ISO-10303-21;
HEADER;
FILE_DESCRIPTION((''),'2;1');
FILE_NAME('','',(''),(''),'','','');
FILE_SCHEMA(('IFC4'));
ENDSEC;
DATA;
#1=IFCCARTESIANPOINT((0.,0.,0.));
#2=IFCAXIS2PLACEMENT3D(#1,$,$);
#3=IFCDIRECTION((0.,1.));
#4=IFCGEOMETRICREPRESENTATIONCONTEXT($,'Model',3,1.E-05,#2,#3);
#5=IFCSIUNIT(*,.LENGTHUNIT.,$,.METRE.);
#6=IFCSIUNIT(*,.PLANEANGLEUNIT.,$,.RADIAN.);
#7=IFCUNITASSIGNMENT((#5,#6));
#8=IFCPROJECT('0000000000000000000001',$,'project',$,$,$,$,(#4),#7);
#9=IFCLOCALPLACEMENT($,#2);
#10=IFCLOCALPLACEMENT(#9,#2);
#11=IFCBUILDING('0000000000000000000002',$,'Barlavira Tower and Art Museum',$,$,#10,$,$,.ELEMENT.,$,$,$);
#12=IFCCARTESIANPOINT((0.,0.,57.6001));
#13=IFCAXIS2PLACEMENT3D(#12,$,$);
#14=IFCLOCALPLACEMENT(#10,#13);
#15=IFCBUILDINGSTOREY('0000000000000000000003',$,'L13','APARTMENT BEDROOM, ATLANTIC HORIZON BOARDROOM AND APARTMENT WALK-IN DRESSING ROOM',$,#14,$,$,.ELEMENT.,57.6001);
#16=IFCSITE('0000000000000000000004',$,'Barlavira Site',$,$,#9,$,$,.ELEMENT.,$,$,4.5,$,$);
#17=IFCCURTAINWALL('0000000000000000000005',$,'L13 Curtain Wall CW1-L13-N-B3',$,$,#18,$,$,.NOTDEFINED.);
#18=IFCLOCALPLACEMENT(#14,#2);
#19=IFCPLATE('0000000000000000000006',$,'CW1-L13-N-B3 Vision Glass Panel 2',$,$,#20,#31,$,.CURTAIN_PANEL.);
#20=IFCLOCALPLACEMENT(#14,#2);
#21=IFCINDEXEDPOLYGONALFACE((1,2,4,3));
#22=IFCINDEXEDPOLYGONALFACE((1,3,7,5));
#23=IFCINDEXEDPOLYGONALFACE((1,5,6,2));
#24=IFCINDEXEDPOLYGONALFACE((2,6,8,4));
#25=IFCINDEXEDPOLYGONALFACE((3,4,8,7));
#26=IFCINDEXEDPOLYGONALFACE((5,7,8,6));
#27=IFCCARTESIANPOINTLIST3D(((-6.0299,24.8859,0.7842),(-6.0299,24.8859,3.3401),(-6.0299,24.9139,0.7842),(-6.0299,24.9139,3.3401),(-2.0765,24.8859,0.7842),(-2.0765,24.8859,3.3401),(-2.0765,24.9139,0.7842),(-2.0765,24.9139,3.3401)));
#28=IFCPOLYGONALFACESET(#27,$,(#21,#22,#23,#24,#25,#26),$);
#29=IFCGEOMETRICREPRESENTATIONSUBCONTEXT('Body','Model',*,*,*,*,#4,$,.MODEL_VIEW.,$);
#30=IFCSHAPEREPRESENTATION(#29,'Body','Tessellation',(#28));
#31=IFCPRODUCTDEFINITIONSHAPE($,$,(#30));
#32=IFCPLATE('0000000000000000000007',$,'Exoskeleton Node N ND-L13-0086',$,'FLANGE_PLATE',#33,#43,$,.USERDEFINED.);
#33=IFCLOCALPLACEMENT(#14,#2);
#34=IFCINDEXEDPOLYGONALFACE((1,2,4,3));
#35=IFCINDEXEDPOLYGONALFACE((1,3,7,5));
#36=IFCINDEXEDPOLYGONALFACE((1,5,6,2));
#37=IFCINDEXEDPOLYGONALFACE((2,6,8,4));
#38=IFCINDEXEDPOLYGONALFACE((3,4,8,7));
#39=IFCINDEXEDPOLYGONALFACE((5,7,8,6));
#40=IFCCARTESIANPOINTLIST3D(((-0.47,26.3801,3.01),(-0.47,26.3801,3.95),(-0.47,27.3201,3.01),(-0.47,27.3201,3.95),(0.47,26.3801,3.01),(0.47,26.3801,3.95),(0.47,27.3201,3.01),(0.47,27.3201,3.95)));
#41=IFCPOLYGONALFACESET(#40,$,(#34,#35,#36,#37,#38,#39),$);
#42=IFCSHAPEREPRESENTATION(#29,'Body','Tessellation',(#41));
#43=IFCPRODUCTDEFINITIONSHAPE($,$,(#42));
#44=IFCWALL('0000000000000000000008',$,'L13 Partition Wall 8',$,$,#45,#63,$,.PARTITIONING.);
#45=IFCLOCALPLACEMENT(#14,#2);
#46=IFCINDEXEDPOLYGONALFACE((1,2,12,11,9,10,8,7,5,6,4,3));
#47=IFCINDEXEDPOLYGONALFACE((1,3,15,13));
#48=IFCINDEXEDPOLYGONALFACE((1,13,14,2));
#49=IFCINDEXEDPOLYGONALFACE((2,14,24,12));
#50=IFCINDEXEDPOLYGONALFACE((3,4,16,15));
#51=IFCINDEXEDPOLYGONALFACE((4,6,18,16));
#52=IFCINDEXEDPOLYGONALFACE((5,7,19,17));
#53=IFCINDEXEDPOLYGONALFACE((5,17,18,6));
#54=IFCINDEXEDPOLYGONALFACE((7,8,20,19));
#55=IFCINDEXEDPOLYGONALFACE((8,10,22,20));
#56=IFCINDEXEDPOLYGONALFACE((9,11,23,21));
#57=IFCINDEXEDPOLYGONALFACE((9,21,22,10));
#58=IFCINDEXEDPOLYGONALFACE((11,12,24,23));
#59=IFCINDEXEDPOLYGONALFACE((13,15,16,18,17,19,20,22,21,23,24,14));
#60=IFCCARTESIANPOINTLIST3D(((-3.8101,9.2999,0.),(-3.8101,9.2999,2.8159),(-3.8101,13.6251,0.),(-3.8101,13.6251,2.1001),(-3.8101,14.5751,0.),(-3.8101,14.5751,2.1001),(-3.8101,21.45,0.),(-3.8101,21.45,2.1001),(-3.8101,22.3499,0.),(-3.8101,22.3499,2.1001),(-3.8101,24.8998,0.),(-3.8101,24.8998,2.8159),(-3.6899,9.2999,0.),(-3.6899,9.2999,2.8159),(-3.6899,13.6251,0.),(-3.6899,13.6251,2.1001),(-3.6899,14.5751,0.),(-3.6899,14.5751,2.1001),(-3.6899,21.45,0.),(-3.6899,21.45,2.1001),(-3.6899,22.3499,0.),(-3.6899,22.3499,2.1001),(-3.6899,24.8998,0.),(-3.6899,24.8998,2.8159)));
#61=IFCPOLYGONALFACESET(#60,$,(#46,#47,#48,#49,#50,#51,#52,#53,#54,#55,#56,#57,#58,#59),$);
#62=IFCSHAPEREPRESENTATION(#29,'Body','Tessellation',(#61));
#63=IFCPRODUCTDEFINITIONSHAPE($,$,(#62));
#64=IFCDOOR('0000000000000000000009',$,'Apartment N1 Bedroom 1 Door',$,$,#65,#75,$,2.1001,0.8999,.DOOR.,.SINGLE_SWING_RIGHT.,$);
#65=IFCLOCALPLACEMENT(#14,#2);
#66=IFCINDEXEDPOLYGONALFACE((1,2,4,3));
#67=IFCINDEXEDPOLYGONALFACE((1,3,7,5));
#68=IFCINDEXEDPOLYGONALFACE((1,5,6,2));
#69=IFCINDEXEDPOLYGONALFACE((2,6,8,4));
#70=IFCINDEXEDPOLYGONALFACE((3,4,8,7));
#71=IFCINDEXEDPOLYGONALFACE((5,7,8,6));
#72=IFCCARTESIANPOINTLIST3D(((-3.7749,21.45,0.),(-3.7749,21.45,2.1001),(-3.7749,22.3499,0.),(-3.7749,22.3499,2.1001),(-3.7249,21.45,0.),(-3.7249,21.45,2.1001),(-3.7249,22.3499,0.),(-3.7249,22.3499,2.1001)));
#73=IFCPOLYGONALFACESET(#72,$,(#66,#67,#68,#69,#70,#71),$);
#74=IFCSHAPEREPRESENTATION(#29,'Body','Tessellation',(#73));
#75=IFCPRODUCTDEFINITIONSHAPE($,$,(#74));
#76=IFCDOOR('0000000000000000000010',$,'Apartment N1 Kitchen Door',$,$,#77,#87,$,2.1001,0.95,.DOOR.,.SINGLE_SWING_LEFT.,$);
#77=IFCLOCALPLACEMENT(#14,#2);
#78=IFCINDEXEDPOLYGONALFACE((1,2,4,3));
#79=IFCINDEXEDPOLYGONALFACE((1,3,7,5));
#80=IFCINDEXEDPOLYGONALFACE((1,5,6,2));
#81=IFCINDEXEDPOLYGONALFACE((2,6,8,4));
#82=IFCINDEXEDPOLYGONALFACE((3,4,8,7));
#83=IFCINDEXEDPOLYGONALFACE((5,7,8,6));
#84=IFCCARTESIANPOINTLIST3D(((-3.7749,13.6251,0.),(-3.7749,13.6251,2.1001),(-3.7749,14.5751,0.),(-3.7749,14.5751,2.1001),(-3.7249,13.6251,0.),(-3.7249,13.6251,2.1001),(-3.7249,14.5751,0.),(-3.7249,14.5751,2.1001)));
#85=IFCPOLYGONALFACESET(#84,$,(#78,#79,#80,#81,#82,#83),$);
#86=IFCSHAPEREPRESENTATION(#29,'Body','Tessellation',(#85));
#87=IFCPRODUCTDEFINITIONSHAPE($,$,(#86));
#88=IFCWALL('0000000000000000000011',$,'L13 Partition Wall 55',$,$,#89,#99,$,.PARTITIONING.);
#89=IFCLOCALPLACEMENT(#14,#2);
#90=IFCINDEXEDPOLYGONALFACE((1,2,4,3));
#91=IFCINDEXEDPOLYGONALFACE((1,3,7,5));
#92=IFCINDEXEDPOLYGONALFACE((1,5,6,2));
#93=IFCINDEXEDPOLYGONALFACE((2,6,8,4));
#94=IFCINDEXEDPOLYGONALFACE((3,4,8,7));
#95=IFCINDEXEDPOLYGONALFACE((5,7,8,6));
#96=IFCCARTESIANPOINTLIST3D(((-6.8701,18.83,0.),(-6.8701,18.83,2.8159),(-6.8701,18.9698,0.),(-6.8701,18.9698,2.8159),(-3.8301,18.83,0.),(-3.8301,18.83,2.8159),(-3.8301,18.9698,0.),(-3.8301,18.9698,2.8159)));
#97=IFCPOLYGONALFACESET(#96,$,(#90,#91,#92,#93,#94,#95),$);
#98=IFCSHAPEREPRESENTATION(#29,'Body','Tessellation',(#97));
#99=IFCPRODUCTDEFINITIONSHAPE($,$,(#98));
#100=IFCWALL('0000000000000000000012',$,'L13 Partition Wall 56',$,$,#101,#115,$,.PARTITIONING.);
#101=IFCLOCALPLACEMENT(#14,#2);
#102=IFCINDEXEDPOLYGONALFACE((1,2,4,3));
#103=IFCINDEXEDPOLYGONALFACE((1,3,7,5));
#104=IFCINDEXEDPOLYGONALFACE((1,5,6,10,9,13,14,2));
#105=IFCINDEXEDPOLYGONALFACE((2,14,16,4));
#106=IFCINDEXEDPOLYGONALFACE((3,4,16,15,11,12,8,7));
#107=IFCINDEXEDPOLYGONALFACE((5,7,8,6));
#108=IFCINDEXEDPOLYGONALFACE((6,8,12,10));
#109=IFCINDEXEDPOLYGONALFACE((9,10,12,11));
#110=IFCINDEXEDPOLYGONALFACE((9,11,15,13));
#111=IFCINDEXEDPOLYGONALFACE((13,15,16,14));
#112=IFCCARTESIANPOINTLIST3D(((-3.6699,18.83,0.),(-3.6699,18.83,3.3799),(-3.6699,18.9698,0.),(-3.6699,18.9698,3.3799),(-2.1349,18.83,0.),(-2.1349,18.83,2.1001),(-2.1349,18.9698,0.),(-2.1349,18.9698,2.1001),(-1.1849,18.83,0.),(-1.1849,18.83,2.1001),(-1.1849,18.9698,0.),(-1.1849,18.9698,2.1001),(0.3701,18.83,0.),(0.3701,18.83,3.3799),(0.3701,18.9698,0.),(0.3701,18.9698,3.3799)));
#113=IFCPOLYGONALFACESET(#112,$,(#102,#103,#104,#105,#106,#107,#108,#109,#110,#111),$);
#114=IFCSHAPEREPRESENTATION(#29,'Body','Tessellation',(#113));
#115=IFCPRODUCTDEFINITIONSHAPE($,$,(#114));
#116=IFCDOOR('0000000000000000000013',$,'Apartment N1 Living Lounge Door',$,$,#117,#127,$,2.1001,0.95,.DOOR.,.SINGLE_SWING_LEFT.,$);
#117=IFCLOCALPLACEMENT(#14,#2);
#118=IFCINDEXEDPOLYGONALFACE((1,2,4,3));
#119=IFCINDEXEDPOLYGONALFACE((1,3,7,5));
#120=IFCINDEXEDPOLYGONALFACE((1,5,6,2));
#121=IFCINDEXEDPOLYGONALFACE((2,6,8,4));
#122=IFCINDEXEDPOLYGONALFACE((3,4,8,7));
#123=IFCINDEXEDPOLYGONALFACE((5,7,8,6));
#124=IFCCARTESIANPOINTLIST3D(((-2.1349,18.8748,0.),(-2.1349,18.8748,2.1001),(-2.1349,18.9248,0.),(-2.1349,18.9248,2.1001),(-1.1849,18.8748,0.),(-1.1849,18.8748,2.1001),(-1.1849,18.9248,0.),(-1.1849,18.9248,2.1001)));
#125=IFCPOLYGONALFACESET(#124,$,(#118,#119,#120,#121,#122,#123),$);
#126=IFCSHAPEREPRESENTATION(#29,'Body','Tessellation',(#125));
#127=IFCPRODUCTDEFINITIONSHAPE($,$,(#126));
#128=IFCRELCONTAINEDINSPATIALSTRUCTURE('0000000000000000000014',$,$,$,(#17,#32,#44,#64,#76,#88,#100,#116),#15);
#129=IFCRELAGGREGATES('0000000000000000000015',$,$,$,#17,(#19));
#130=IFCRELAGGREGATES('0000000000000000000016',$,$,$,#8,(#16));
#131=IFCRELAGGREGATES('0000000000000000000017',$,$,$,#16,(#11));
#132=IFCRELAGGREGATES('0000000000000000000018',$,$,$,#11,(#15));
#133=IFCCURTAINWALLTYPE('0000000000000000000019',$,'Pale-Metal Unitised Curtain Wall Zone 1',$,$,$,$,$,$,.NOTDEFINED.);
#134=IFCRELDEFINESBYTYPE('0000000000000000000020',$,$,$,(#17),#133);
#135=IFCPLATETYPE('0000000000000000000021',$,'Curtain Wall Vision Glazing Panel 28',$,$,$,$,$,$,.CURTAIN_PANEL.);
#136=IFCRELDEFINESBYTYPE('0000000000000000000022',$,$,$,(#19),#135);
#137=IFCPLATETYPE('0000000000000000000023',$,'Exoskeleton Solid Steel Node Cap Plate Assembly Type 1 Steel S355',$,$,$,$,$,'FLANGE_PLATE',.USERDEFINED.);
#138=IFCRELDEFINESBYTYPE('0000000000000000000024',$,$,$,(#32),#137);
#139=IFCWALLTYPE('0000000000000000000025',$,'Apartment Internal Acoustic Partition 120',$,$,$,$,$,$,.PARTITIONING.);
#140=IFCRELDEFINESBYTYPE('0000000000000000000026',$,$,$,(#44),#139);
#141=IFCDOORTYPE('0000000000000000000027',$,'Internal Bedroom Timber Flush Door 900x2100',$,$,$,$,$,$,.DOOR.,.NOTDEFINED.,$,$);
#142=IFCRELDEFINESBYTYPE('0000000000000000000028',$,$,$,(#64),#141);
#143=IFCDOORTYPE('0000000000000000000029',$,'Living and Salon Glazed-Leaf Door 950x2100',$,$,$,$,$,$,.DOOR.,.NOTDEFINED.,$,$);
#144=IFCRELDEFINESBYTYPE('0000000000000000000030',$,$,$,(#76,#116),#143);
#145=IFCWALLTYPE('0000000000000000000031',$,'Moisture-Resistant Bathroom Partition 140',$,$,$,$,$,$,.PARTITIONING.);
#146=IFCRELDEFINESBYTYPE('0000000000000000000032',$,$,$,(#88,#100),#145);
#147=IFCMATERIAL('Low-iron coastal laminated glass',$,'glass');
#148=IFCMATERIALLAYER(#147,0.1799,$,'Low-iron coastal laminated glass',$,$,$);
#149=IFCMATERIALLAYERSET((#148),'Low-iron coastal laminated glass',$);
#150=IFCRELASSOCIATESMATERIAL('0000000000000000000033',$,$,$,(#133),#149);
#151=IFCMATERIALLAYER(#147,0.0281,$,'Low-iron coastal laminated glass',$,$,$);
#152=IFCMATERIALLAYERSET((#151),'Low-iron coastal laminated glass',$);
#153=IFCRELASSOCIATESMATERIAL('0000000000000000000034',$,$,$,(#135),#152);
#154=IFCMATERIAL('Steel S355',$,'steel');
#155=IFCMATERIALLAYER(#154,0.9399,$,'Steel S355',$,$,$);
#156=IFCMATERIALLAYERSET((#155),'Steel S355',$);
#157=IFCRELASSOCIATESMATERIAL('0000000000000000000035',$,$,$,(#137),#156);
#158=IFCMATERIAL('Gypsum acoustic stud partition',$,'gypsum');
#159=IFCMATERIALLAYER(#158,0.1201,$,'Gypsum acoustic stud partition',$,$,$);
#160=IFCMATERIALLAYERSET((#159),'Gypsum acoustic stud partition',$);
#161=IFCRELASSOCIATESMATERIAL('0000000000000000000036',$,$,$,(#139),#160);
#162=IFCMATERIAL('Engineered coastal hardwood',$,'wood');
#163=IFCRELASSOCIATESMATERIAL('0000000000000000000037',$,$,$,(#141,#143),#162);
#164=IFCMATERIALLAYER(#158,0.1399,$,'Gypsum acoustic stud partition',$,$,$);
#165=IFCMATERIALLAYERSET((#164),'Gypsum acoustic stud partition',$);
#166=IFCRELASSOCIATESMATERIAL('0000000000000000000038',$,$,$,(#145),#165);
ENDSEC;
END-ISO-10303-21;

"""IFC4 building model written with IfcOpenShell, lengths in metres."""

from ifc_helpers import new_model, si_unit, direction, frame, frame_2d, origin, origin_2d, place, context, subcontext, project, spatial, rectangle, extrude, material, layer, layer_set, type_object, element, fill, aggregate, save


model = new_model("IFC4")

# Units and contexts
model_context = context("Model", 3, precision=1e-05, world=origin(), true_north=direction((0.0, 1.0)))
body_context = subcontext(model_context, "Body", "Model", "MODEL_VIEW")
ifc_project = project(units=[si_unit("LENGTHUNIT", "METRE"), si_unit("PLANEANGLEUNIT", "RADIAN")], contexts=[model_context])

# Site, building, storey
site_placement = place(None, origin())
site = spatial("IfcSite", under=ifc_project, at=site_placement, Name="Barlavira Site", CompositionType="ELEMENT", RefElevation=4.5)
building_placement = place(site_placement, origin())
building = spatial("IfcBuilding", under=site, at=building_placement, Name="Barlavira Tower and Art Museum", CompositionType="ELEMENT")
storey_placement = place(building_placement, frame((0.0, 0.0, 57.6001)))
storey = spatial("IfcBuildingStorey", under=building, at=storey_placement, Name="L13", Description="APARTMENT BEDROOM, ATLANTIC HORIZON BOARDROOM AND APARTMENT WALK-IN DRESSING ROOM", CompositionType="ELEMENT", Elevation=57.6001)

# Curtain wall
ifc_material_1 = material(Name="Low-iron coastal laminated glass", Category="glass")
ifc_layer_1 = layer(ifc_material_1, 0.1799, Name="Low-iron coastal laminated glass")
ifc_layer_set_1 = layer_set([ifc_layer_1], Name="Low-iron coastal laminated glass")
curtain_wall_type = type_object("IfcCurtainWallType", Name="Pale-Metal Unitised Curtain Wall Zone 1", PredefinedType="NOTDEFINED", material=ifc_layer_set_1)
curtain_wall_placement = place(storey_placement, origin())
curtain_wall = element("IfcCurtainWall", 1, at=curtain_wall_placement, inside=storey, type_object=curtain_wall_type, Name="L13 Curtain Wall CW1-L13-N-B3", PredefinedType="NOTDEFINED")

# Shared definitions
ifc_material_2 = material(Name="Steel S355", Category="steel")

# Plates
ifc_layer_2 = layer(ifc_material_1, 0.0281, Name="Low-iron coastal laminated glass")
ifc_layer_set_2 = layer_set([ifc_layer_2], Name="Low-iron coastal laminated glass")
plate_type_1 = type_object("IfcPlateType", Name="Curtain Wall Vision Glazing Panel 28", PredefinedType="CURTAIN_PANEL", material=ifc_layer_set_2)
plate_1_placement = place(storey_placement, frame((-4.0532, 24.8999, 0.7842), z_axis=(0.0, 0.0, 1.0), x_axis=(-1.0, 0.0, 0.0)))
plate_1 = element("IfcPlate", 2, at=plate_1_placement, type_object=plate_type_1, Name="CW1-L13-N-B3 Vision Glass Panel 2", PredefinedType="CURTAIN_PANEL", context=body_context, shape_type="SweptSolid", body=[
    extrude(rectangle(XDim=3.9534, YDim=0.0281, at=origin_2d()), origin(), (0.0, 0.0, 1.0), 2.5559),
])
aggregate(curtain_wall, [plate_1])
ifc_layer_3 = layer(ifc_material_2, 0.9399, Name="Steel S355")
ifc_layer_set_3 = layer_set([ifc_layer_3], Name="Steel S355")
plate_type_2 = type_object("IfcPlateType", Name="Exoskeleton Solid Steel Node Cap Plate Assembly Type 1 Steel S355", ElementType="FLANGE_PLATE", PredefinedType="USERDEFINED", material=ifc_layer_set_3)
plate_2_placement = place(storey_placement, frame((0.0, 26.8501, 3.01), z_axis=(0.0, 0.0, 1.0), x_axis=(1.0, 0.0, 0.0)))
element("IfcPlate", 3, at=plate_2_placement, inside=storey, type_object=plate_type_2, Name="Exoskeleton Node N ND-L13-0086", ObjectType="FLANGE_PLATE", PredefinedType="USERDEFINED", context=body_context, shape_type="SweptSolid", body=[
    extrude(rectangle(XDim=0.9399, YDim=0.9399, at=origin_2d()), origin(), (0.0, 0.0, 1.0), 0.9399),
])

# Wall, openings, doors
ifc_material_3 = material(Name="Gypsum acoustic stud partition", Category="gypsum")
ifc_layer_4 = layer(ifc_material_3, 0.1201, Name="Gypsum acoustic stud partition")
ifc_layer_set_4 = layer_set([ifc_layer_4], Name="Gypsum acoustic stud partition")
wall_type_1 = type_object("IfcWallType", Name="Apartment Internal Acoustic Partition 120", PredefinedType="PARTITIONING", material=ifc_layer_set_4)
wall_1_placement = place(storey_placement, frame((-3.75, 9.3, 0.0), z_axis=(0.0, 0.0, 1.0), x_axis=(0.0, 1.0, 0.0)))
wall_1 = element("IfcWall", 4, at=wall_1_placement, inside=storey, type_object=wall_type_1, Name="L13 Partition Wall 8", PredefinedType="PARTITIONING", context=body_context, shape_type="SweptSolid", body=[
    extrude(rectangle(XDim=15.5999, YDim=0.1201, at=frame_2d((7.7998, 0.0))), origin(), (0.0, 0.0, 1.0), 2.8159),
])
opening_1_placement = place(wall_1_placement, frame((4.325, 0.0, 0.0)))
opening_1 = element("IfcOpeningElement", 5, at=opening_1_placement, cuts=wall_1, PredefinedType="OPENING", context=body_context, shape_type="SweptSolid", body=[
    extrude(rectangle(XDim=0.95, YDim=2.1001, at=frame_2d((0.4751, 1.05))), frame((0.0, 0.0701, 0.0), z_axis=(0.0, -1.0, 0.0), x_axis=(1.0, 0.0, 0.0)), (0.0, 0.0, 1.0), 0.1401),
])
opening_2_placement = place(wall_1_placement, frame((12.1499, 0.0, 0.0)))
opening_2 = element("IfcOpeningElement", 6, at=opening_2_placement, cuts=wall_1, PredefinedType="OPENING", context=body_context, shape_type="SweptSolid", body=[
    extrude(rectangle(XDim=0.8999, YDim=2.1001, at=frame_2d((0.45, 1.05))), frame((0.0, 0.0701, 0.0), z_axis=(0.0, -1.0, 0.0), x_axis=(1.0, 0.0, 0.0)), (0.0, 0.0, 1.0), 0.1401),
])
ifc_material_4 = material(Name="Engineered coastal hardwood", Category="wood")
door_type_1 = type_object("IfcDoorType", Name="Internal Bedroom Timber Flush Door 900x2100", OperationType="NOTDEFINED", PredefinedType="DOOR", material=ifc_material_4)
door_1_placement = place(opening_2_placement, origin())
door_1 = element("IfcDoor", 7, at=door_1_placement, inside=storey, type_object=door_type_1, Name="Apartment N1 Bedroom 1 Door", OperationType="SINGLE_SWING_RIGHT", OverallHeight=2.1001, OverallWidth=0.8999, PredefinedType="DOOR", context=body_context, shape_type="SweptSolid", body=[
    extrude(rectangle(XDim=0.8999, YDim=2.1001, at=frame_2d((0.45, 1.05))), frame((0.0, 0.0249, 0.0), z_axis=(0.0, -1.0, 0.0), x_axis=(1.0, 0.0, 0.0)), (0.0, 0.0, 1.0), 0.05),
])
fill(opening_2, door_1)
door_type_2 = type_object("IfcDoorType", Name="Living and Salon Glazed-Leaf Door 950x2100", OperationType="NOTDEFINED", PredefinedType="DOOR", material=ifc_material_4)
door_2_placement = place(opening_1_placement, origin())
door_2 = element("IfcDoor", 8, at=door_2_placement, inside=storey, type_object=door_type_2, Name="Apartment N1 Kitchen Door", OperationType="SINGLE_SWING_LEFT", OverallHeight=2.1001, OverallWidth=0.95, PredefinedType="DOOR", context=body_context, shape_type="SweptSolid", body=[
    extrude(rectangle(XDim=0.95, YDim=2.1001, at=frame_2d((0.4751, 1.05))), frame((0.0, 0.0249, 0.0), z_axis=(0.0, -1.0, 0.0), x_axis=(1.0, 0.0, 0.0)), (0.0, 0.0, 1.0), 0.05),
])
fill(opening_1, door_2)

# Wall
ifc_layer_5 = layer(ifc_material_3, 0.1399, Name="Gypsum acoustic stud partition")
ifc_layer_set_5 = layer_set([ifc_layer_5], Name="Gypsum acoustic stud partition")
wall_type_2 = type_object("IfcWallType", Name="Moisture-Resistant Bathroom Partition 140", PredefinedType="PARTITIONING", material=ifc_layer_set_5)
wall_2_placement = place(storey_placement, frame((-6.8701, 18.8999, 0.0), z_axis=(0.0, 0.0, 1.0), x_axis=(1.0, 0.0, 0.0)))
element("IfcWall", 9, at=wall_2_placement, inside=storey, type_object=wall_type_2, Name="L13 Partition Wall 55", PredefinedType="PARTITIONING", context=body_context, shape_type="SweptSolid", body=[
    extrude(rectangle(XDim=3.04, YDim=0.1399, at=frame_2d((1.52, 0.0))), origin(), (0.0, 0.0, 1.0), 2.8159),
])

# Wall, opening, door
wall_3_placement = place(storey_placement, frame((-3.6699, 18.8999, 0.0), z_axis=(0.0, 0.0, 1.0), x_axis=(1.0, 0.0, 0.0)))
wall_3 = element("IfcWall", 10, at=wall_3_placement, inside=storey, type_object=wall_type_2, Name="L13 Partition Wall 56", PredefinedType="PARTITIONING", context=body_context, shape_type="SweptSolid", body=[
    extrude(rectangle(XDim=4.04, YDim=0.1399, at=frame_2d((2.02, 0.0))), origin(), (0.0, 0.0, 1.0), 3.3799),
])
opening_3_placement = place(wall_3_placement, frame((1.5349, 0.0, 0.0)))
opening_3 = element("IfcOpeningElement", 11, at=opening_3_placement, cuts=wall_3, PredefinedType="OPENING", context=body_context, shape_type="SweptSolid", body=[
    extrude(rectangle(XDim=0.95, YDim=2.1001, at=frame_2d((0.4751, 1.05))), frame((0.0, 0.0801, 0.0), z_axis=(0.0, -1.0, 0.0), x_axis=(1.0, 0.0, 0.0)), (0.0, 0.0, 1.0), 0.1599),
])
door_3_placement = place(opening_3_placement, origin())
door_3 = element("IfcDoor", 12, at=door_3_placement, inside=storey, type_object=door_type_2, Name="Apartment N1 Living Lounge Door", OperationType="SINGLE_SWING_LEFT", OverallHeight=2.1001, OverallWidth=0.95, PredefinedType="DOOR", context=body_context, shape_type="SweptSolid", body=[
    extrude(rectangle(XDim=0.95, YDim=2.1001, at=frame_2d((0.4751, 1.05))), frame((0.0, 0.0249, 0.0), z_axis=(0.0, -1.0, 0.0), x_axis=(1.0, 0.0, 0.0)), (0.0, 0.0, 1.0), 0.05),
])
fill(opening_3, door_3)

save(model, "model.ifc")
